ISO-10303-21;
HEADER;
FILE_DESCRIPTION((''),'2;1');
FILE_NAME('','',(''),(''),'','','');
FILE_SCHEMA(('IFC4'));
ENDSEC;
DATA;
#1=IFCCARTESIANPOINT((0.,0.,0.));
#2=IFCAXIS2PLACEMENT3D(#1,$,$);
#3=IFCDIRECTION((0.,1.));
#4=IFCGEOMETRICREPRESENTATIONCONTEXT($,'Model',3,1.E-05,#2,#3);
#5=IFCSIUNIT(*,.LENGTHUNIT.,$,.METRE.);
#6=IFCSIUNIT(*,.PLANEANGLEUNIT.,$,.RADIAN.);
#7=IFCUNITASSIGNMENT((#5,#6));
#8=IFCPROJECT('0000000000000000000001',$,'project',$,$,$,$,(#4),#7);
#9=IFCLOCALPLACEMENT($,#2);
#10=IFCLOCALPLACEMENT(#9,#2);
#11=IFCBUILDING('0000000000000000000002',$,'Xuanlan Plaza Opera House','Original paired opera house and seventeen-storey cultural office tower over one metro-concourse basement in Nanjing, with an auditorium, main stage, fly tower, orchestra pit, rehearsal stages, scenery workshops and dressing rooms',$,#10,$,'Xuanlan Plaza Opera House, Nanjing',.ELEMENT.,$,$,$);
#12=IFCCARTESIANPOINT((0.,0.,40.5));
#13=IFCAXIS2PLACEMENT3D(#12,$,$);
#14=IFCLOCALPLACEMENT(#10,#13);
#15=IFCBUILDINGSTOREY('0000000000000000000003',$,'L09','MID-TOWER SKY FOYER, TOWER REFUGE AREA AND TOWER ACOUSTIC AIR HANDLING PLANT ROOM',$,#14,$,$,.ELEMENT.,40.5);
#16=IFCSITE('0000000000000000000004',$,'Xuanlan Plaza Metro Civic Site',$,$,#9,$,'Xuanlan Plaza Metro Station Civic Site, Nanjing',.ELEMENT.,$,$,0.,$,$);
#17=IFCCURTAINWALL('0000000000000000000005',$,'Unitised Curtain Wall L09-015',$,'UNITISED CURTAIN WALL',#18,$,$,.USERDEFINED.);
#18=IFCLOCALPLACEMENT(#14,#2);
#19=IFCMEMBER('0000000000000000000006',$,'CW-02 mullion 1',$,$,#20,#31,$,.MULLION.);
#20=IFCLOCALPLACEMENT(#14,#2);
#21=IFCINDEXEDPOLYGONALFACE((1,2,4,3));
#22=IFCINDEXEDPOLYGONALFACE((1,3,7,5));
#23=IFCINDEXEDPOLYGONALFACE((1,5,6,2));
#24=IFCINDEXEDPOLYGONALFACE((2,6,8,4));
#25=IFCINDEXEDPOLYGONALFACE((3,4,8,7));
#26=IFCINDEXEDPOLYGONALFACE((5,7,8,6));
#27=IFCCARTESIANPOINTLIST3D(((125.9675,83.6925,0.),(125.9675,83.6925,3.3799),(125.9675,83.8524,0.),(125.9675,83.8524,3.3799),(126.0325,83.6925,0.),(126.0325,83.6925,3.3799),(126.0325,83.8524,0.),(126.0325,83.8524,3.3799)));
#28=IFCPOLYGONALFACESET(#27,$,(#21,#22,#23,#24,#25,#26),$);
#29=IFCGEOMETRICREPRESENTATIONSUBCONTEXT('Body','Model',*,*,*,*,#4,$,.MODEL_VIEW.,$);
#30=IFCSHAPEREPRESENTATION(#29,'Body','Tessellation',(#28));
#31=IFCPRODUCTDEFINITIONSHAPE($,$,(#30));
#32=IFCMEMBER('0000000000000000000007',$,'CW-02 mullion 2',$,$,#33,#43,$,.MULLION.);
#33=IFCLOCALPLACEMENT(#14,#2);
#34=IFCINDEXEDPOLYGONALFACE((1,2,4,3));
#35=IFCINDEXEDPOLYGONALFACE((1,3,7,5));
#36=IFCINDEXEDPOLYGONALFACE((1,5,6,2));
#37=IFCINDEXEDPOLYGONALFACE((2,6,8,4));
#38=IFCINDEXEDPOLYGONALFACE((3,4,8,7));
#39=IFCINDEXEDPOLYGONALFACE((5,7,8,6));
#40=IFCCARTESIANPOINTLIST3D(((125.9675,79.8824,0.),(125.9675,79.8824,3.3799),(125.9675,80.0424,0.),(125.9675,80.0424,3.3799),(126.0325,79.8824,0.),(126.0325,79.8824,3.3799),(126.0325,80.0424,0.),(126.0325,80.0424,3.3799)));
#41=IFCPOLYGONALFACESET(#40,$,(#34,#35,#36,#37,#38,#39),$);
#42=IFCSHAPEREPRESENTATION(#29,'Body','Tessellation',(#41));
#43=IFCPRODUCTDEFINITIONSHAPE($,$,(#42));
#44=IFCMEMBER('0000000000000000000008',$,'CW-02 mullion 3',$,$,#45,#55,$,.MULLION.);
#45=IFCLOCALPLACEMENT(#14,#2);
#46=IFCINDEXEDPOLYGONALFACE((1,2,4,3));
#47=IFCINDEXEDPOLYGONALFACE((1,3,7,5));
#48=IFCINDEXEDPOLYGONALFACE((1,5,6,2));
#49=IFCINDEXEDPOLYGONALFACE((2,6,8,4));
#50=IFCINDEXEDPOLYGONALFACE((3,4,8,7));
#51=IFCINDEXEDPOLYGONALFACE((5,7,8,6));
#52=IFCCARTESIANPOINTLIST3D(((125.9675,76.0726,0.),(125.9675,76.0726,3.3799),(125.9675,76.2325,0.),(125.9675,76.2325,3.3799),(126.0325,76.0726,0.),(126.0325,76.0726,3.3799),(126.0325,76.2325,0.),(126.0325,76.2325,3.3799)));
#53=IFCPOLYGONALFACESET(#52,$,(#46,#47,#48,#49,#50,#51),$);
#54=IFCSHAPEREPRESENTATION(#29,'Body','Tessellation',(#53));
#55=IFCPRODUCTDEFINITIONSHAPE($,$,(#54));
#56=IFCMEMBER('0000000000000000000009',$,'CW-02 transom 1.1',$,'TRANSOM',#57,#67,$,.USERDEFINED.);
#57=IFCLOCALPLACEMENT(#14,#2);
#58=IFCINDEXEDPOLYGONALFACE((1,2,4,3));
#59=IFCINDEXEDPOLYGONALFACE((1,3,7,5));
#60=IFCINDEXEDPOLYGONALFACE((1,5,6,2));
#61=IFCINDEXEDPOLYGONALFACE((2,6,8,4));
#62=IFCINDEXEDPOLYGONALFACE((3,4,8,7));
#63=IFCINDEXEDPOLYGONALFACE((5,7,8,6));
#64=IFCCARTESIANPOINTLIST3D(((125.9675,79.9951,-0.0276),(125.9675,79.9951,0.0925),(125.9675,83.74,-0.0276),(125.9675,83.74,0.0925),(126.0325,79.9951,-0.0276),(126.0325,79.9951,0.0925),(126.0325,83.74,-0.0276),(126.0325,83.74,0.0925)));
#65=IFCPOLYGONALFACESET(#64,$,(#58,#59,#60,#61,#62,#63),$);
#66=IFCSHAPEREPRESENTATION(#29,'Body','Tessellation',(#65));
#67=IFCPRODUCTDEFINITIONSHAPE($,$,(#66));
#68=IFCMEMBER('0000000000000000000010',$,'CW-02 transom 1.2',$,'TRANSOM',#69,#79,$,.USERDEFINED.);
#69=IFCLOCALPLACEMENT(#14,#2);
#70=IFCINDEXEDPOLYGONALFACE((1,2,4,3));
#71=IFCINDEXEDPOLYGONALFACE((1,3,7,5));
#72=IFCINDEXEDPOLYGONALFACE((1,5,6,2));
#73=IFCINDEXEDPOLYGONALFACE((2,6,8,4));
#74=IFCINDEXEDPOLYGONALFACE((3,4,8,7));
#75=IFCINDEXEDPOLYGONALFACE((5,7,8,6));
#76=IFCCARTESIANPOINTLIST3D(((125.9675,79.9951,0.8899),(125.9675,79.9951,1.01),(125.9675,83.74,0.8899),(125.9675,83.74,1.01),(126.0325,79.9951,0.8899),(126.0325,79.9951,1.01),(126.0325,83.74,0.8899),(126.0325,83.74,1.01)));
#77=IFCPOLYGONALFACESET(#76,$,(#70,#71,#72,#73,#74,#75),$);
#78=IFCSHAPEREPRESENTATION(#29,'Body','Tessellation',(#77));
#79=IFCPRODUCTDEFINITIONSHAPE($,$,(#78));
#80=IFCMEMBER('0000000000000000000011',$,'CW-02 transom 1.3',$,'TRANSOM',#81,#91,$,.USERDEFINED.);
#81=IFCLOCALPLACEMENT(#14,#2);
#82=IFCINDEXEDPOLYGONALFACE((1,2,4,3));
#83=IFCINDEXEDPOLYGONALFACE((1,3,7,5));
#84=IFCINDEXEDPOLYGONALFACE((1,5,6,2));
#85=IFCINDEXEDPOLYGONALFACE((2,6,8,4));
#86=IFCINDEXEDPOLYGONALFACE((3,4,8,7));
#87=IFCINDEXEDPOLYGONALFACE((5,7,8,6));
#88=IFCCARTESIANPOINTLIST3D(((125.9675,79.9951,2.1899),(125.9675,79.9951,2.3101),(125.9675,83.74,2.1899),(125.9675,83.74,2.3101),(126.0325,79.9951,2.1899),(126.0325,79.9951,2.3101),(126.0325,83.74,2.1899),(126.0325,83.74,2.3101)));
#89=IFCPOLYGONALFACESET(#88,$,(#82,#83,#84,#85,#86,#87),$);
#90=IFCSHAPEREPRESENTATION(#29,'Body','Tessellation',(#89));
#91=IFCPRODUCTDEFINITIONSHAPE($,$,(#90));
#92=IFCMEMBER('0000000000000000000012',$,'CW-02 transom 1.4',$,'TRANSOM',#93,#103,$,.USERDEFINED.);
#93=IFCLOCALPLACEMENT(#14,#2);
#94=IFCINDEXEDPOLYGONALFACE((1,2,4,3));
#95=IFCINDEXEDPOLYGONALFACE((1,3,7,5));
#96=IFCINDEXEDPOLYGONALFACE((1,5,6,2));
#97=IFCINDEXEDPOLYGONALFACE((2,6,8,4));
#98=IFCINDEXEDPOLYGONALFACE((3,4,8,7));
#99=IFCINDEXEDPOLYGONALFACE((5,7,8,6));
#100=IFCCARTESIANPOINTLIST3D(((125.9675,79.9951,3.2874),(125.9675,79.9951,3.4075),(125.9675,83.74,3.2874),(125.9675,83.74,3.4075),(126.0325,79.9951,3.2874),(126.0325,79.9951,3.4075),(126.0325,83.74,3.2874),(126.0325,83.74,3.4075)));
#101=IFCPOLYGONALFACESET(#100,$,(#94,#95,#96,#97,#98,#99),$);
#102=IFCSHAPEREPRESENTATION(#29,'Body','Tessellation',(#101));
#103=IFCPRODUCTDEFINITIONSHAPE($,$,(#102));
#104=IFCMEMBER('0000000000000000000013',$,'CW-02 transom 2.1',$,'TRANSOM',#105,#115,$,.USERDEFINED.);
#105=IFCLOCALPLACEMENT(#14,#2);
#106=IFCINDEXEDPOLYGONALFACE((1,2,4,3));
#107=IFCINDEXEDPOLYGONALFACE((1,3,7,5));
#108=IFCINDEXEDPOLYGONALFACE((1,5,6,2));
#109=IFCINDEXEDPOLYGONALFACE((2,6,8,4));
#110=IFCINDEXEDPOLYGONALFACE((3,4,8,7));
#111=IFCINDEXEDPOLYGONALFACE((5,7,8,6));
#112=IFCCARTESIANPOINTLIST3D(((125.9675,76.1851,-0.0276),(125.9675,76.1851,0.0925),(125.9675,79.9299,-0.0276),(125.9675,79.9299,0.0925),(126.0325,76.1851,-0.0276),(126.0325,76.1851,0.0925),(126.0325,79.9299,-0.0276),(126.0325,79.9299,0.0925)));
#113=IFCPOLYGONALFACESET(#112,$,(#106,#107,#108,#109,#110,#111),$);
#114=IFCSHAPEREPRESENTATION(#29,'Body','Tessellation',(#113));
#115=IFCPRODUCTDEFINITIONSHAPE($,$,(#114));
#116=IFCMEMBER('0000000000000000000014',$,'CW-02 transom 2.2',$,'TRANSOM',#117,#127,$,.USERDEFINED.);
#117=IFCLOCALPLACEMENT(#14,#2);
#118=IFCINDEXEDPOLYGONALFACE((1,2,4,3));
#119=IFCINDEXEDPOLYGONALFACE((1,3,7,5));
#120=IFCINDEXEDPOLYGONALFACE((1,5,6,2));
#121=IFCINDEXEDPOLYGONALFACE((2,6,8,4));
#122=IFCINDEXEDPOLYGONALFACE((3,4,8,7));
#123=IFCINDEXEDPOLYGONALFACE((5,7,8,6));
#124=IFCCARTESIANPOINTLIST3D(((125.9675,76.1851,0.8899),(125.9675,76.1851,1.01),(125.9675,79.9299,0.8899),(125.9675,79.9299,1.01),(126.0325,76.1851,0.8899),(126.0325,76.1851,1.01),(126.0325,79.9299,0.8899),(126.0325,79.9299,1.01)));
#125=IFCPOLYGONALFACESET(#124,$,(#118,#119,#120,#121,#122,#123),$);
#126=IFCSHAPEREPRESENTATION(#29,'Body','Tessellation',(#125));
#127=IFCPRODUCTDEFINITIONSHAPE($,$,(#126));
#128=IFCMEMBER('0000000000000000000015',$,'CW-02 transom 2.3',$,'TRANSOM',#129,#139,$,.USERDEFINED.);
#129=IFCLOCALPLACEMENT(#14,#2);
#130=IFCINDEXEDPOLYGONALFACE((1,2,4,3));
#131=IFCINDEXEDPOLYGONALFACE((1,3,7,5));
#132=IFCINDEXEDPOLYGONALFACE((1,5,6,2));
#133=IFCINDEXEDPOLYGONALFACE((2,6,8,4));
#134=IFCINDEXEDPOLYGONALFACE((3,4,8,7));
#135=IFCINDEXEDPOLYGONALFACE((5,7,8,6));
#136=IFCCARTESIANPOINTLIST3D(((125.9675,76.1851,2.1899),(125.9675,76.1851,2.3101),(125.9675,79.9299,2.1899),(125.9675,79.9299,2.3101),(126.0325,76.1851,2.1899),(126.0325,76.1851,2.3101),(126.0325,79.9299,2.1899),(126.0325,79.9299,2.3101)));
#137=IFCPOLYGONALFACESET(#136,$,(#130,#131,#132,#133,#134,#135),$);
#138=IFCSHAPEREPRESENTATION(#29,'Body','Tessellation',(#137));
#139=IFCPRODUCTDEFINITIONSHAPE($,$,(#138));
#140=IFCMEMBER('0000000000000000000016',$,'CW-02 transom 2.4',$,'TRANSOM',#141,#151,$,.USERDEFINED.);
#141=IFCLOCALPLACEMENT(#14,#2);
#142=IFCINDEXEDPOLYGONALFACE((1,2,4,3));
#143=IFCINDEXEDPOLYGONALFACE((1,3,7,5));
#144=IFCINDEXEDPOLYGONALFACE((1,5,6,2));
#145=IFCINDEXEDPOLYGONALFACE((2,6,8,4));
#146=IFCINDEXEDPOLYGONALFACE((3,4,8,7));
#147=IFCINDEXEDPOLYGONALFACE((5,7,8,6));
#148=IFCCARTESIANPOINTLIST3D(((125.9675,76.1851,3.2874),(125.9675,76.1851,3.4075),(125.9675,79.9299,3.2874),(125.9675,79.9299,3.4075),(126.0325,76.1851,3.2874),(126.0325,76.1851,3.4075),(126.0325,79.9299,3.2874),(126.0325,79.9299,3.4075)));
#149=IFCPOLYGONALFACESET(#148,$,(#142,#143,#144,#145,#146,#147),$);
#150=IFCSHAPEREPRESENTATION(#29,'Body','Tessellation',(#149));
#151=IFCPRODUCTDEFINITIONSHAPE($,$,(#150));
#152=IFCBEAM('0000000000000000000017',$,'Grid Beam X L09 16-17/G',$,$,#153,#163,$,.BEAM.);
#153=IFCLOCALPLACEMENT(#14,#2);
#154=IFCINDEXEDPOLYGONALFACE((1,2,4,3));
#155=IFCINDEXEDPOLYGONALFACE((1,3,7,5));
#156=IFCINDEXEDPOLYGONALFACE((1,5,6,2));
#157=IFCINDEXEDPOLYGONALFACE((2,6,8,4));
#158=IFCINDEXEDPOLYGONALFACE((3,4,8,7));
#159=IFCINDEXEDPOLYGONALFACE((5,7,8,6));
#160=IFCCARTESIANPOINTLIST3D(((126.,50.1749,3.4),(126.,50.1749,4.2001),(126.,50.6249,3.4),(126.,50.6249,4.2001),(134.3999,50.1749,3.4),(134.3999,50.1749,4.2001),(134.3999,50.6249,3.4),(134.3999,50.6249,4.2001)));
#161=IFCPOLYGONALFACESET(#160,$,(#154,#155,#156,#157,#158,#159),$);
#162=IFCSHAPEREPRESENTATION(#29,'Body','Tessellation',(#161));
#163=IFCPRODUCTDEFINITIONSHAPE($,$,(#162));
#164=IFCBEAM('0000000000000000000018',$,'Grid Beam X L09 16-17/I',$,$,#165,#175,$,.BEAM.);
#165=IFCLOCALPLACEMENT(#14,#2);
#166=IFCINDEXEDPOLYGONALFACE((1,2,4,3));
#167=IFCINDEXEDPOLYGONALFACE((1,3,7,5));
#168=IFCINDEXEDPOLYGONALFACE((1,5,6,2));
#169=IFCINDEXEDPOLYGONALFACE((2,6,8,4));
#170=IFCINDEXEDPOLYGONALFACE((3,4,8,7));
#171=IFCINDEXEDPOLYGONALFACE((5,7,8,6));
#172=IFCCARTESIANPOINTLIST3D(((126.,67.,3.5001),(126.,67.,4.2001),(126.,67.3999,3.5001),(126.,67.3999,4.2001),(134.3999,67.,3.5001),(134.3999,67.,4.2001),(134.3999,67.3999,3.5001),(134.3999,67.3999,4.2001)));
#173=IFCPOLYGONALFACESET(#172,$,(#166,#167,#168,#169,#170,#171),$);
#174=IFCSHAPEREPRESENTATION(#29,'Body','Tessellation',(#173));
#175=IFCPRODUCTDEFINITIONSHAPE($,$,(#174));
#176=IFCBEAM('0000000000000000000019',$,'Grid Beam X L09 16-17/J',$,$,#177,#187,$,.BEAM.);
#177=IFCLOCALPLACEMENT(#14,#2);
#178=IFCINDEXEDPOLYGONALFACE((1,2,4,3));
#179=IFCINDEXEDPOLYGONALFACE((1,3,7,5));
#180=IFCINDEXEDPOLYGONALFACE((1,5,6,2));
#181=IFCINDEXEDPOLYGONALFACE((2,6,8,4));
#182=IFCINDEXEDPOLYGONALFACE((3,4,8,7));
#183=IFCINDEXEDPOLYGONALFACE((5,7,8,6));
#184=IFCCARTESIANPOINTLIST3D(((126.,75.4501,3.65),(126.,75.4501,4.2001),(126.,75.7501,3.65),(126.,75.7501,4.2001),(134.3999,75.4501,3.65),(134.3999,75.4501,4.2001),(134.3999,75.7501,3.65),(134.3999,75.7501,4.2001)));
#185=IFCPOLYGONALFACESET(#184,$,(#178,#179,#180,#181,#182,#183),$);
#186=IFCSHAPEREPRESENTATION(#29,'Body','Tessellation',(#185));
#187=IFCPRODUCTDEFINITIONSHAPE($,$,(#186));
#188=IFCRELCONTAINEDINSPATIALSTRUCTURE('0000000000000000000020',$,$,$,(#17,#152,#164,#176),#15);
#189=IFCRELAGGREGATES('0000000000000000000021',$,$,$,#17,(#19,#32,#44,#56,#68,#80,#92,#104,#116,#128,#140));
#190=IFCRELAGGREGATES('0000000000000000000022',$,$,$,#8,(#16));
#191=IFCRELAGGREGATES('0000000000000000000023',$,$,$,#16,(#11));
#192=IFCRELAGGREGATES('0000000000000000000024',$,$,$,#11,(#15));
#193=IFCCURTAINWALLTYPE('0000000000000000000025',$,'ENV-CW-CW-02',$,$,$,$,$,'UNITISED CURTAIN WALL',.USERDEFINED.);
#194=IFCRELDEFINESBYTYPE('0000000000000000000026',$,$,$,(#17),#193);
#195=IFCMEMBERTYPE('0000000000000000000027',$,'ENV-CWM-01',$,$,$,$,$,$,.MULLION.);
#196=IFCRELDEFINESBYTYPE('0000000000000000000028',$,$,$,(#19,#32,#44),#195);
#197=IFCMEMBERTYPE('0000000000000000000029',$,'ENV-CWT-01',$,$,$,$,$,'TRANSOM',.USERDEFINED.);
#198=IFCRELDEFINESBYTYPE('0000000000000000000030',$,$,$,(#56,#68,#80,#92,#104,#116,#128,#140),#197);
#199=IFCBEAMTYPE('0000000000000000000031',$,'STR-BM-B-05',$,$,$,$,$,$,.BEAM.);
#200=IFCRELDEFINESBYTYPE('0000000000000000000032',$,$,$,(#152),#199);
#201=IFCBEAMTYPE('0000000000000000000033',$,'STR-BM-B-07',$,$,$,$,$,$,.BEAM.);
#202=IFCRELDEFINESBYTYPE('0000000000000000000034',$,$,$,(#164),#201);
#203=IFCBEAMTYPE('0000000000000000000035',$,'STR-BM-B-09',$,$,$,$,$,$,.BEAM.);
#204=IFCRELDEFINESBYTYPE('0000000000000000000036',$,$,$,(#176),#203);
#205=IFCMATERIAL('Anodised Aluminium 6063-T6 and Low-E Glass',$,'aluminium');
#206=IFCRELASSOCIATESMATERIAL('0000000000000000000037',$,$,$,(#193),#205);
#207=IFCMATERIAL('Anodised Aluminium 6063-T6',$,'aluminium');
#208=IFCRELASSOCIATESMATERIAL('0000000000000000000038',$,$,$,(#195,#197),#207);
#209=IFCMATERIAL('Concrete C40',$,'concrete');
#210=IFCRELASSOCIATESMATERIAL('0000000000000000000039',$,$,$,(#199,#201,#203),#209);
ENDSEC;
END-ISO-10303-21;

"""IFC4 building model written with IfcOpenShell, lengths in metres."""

from ifc_helpers import new_model, si_unit, direction, frame, origin, origin_2d, place, context, subcontext, project, spatial, rectangle, extrude, material, material_profile, profile_set, type_object, element, aggregate, save


model = new_model("IFC4")

# Units and contexts
model_context = context("Model", 3, precision=1e-05, world=origin(), true_north=direction((0.0, 1.0)))
body_context = subcontext(model_context, "Body", "Model", "MODEL_VIEW")
ifc_project = project(units=[si_unit("LENGTHUNIT", "METRE"), si_unit("PLANEANGLEUNIT", "RADIAN")], contexts=[model_context])

# Site, building, storey
site_placement = place(None, origin())
site = spatial("IfcSite", under=ifc_project, at=site_placement, Name="Xuanlan Plaza Metro Civic Site", LongName="Xuanlan Plaza Metro Station Civic Site, Nanjing", CompositionType="ELEMENT", RefElevation=0.0)
building_placement = place(site_placement, origin())
building = spatial("IfcBuilding", under=site, at=building_placement, Name="Xuanlan Plaza Opera House", Description="Original paired opera house and seventeen-storey cultural office tower over one metro-concourse basement in Nanjing, with an auditorium, main stage, fly tower, orchestra pit, rehearsal stages, scenery workshops and dressing rooms", LongName="Xuanlan Plaza Opera House, Nanjing", CompositionType="ELEMENT")
storey_placement = place(building_placement, frame((0.0, 0.0, 40.5)))
storey = spatial("IfcBuildingStorey", under=building, at=storey_placement, Name="L09", Description="MID-TOWER SKY FOYER, TOWER REFUGE AREA AND TOWER ACOUSTIC AIR HANDLING PLANT ROOM", CompositionType="ELEMENT", Elevation=40.5)

# Curtain wall, members
ifc_material_1 = material(Name="Anodised Aluminium 6063-T6 and Low-E Glass", Category="aluminium")
curtain_wall_type = type_object("IfcCurtainWallType", Name="ENV-CW-CW-02", ElementType="UNITISED CURTAIN WALL", PredefinedType="USERDEFINED", material=ifc_material_1)
curtain_wall_placement = place(storey_placement, origin())
curtain_wall = element("IfcCurtainWall", 1, at=curtain_wall_placement, inside=storey, type_object=curtain_wall_type, Name="Unitised Curtain Wall L09-015", ObjectType="UNITISED CURTAIN WALL", PredefinedType="USERDEFINED")
ifc_material_2 = material(Name="Anodised Aluminium 6063-T6", Category="aluminium")
ifc_material_profile_1 = material_profile(ifc_material_2, rectangle(XDim=0.0649, YDim=0.1599, at=origin_2d()), Name="ALU-M 65x160")
ifc_profile_set_1 = profile_set([ifc_material_profile_1], Name="Anodised Aluminium 6063-T6")
member_type_1 = type_object("IfcMemberType", Name="ENV-CWM-01", PredefinedType="MULLION", material=ifc_profile_set_1)
member_1_placement = place(storey_placement, frame((126.0, 83.7725, 0.0), z_axis=(0.0, 0.0, 1.0), x_axis=(1.0, 0.0, 0.0)))
member_1 = element("IfcMember", 2, at=member_1_placement, type_object=member_type_1, Name="CW-02 mullion 1", PredefinedType="MULLION", context=body_context, shape_type="SweptSolid", body=[
    extrude(rectangle(XDim=0.0649, YDim=0.1599, at=origin_2d()), origin(), (0.0, 0.0, 1.0), 3.3799),
])
member_2_placement = place(storey_placement, frame((126.0, 79.9624, 0.0), z_axis=(0.0, 0.0, 1.0), x_axis=(1.0, 0.0, 0.0)))
member_2 = element("IfcMember", 3, at=member_2_placement, type_object=member_type_1, Name="CW-02 mullion 2", PredefinedType="MULLION", context=body_context, shape_type="SweptSolid", body=[
    extrude(rectangle(XDim=0.0649, YDim=0.1599, at=origin_2d()), origin(), (0.0, 0.0, 1.0), 3.3799),
])
member_3_placement = place(storey_placement, frame((126.0, 76.1526, 0.0), z_axis=(0.0, 0.0, 1.0), x_axis=(1.0, 0.0, 0.0)))
member_3 = element("IfcMember", 4, at=member_3_placement, type_object=member_type_1, Name="CW-02 mullion 3", PredefinedType="MULLION", context=body_context, shape_type="SweptSolid", body=[
    extrude(rectangle(XDim=0.0649, YDim=0.1599, at=origin_2d()), origin(), (0.0, 0.0, 1.0), 3.3799),
])
ifc_material_profile_2 = material_profile(ifc_material_2, rectangle(XDim=0.0649, YDim=0.1201, at=origin_2d()), Name="ALU-T 65x120")
ifc_profile_set_2 = profile_set([ifc_material_profile_2], Name="Anodised Aluminium 6063-T6")
member_type_2 = type_object("IfcMemberType", Name="ENV-CWT-01", ElementType="TRANSOM", PredefinedType="USERDEFINED", material=ifc_profile_set_2)
member_4_placement = place(storey_placement, frame((126.0, 83.74, 0.0325), z_axis=(0.0, -1.0, 0.0), x_axis=(1.0, 0.0, 0.0)))
member_4 = element("IfcMember", 5, at=member_4_placement, type_object=member_type_2, Name="CW-02 transom 1.1", ObjectType="TRANSOM", PredefinedType="USERDEFINED", context=body_context, shape_type="SweptSolid", body=[
    extrude(rectangle(XDim=0.0649, YDim=0.1201, at=origin_2d()), origin(), (0.0, 0.0, 1.0), 3.7449),
])
member_5_placement = place(storey_placement, frame((126.0, 83.74, 0.95), z_axis=(0.0, -1.0, 0.0), x_axis=(1.0, 0.0, 0.0)))
member_5 = element("IfcMember", 6, at=member_5_placement, type_object=member_type_2, Name="CW-02 transom 1.2", ObjectType="TRANSOM", PredefinedType="USERDEFINED", context=body_context, shape_type="SweptSolid", body=[
    extrude(rectangle(XDim=0.0649, YDim=0.1201, at=origin_2d()), origin(), (0.0, 0.0, 1.0), 3.7449),
])
member_6_placement = place(storey_placement, frame((126.0, 83.74, 2.25), z_axis=(0.0, -1.0, 0.0), x_axis=(1.0, 0.0, 0.0)))
member_6 = element("IfcMember", 7, at=member_6_placement, type_object=member_type_2, Name="CW-02 transom 1.3", ObjectType="TRANSOM", PredefinedType="USERDEFINED", context=body_context, shape_type="SweptSolid", body=[
    extrude(rectangle(XDim=0.0649, YDim=0.1201, at=origin_2d()), origin(), (0.0, 0.0, 1.0), 3.7449),
])
member_7_placement = place(storey_placement, frame((126.0, 83.74, 3.3474), z_axis=(0.0, -1.0, 0.0), x_axis=(1.0, 0.0, 0.0)))
member_7 = element("IfcMember", 8, at=member_7_placement, type_object=member_type_2, Name="CW-02 transom 1.4", ObjectType="TRANSOM", PredefinedType="USERDEFINED", context=body_context, shape_type="SweptSolid", body=[
    extrude(rectangle(XDim=0.0649, YDim=0.1201, at=origin_2d()), origin(), (0.0, 0.0, 1.0), 3.7449),
])
member_8_placement = place(storey_placement, frame((126.0, 79.9299, 0.0325), z_axis=(0.0, -1.0, 0.0), x_axis=(1.0, 0.0, 0.0)))
member_8 = element("IfcMember", 9, at=member_8_placement, type_object=member_type_2, Name="CW-02 transom 2.1", ObjectType="TRANSOM", PredefinedType="USERDEFINED", context=body_context, shape_type="SweptSolid", body=[
    extrude(rectangle(XDim=0.0649, YDim=0.1201, at=origin_2d()), origin(), (0.0, 0.0, 1.0), 3.7449),
])
member_9_placement = place(storey_placement, frame((126.0, 79.9299, 0.95), z_axis=(0.0, -1.0, 0.0), x_axis=(1.0, 0.0, 0.0)))
member_9 = element("IfcMember", 10, at=member_9_placement, type_object=member_type_2, Name="CW-02 transom 2.2", ObjectType="TRANSOM", PredefinedType="USERDEFINED", context=body_context, shape_type="SweptSolid", body=[
    extrude(rectangle(XDim=0.0649, YDim=0.1201, at=origin_2d()), origin(), (0.0, 0.0, 1.0), 3.7449),
])
member_10_placement = place(storey_placement, frame((126.0, 79.9299, 2.25), z_axis=(0.0, -1.0, 0.0), x_axis=(1.0, 0.0, 0.0)))
member_10 = element("IfcMember", 11, at=member_10_placement, type_object=member_type_2, Name="CW-02 transom 2.3", ObjectType="TRANSOM", PredefinedType="USERDEFINED", context=body_context, shape_type="SweptSolid", body=[
    extrude(rectangle(XDim=0.0649, YDim=0.1201, at=origin_2d()), origin(), (0.0, 0.0, 1.0), 3.7449),
])
member_11_placement = place(storey_placement, frame((126.0, 79.9299, 3.3474), z_axis=(0.0, -1.0, 0.0), x_axis=(1.0, 0.0, 0.0)))
member_11 = element("IfcMember", 12, at=member_11_placement, type_object=member_type_2, Name="CW-02 transom 2.4", ObjectType="TRANSOM", PredefinedType="USERDEFINED", context=body_context, shape_type="SweptSolid", body=[
    extrude(rectangle(XDim=0.0649, YDim=0.1201, at=origin_2d()), origin(), (0.0, 0.0, 1.0), 3.7449),
])

# Beams
ifc_material_3 = material(Name="Concrete C40", Category="concrete")
ifc_material_profile_3 = material_profile(ifc_material_3, rectangle(XDim=0.45, YDim=0.8, at=origin_2d()), Name="RC-BM 450x800")
ifc_profile_set_3 = profile_set([ifc_material_profile_3], Name="Concrete C40")
beam_type_1 = type_object("IfcBeamType", Name="STR-BM-B-05", PredefinedType="BEAM", material=ifc_profile_set_3)
beam_1_placement = place(storey_placement, frame((126.0, 50.3999, 3.8), z_axis=(1.0, 0.0, 0.0), x_axis=(0.0, 1.0, 0.0)))
element("IfcBeam", 13, at=beam_1_placement, inside=storey, type_object=beam_type_1, Name="Grid Beam X L09 16-17/G", PredefinedType="BEAM", context=body_context, shape_type="SweptSolid", body=[
    extrude(rectangle(XDim=0.45, YDim=0.8, at=origin_2d()), origin(), (0.0, 0.0, 1.0), 8.3999),
])
ifc_material_profile_4 = material_profile(ifc_material_3, rectangle(XDim=0.3999, YDim=0.7, at=origin_2d()), Name="RC-BM 400x700")
ifc_profile_set_4 = profile_set([ifc_material_profile_4], Name="Concrete C40")
beam_type_2 = type_object("IfcBeamType", Name="STR-BM-B-07", PredefinedType="BEAM", material=ifc_profile_set_4)
beam_2_placement = place(storey_placement, frame((126.0, 67.2, 3.8501), z_axis=(1.0, 0.0, 0.0), x_axis=(0.0, 1.0, 0.0)))
element("IfcBeam", 14, at=beam_2_placement, inside=storey, type_object=beam_type_2, Name="Grid Beam X L09 16-17/I", PredefinedType="BEAM", context=body_context, shape_type="SweptSolid", body=[
    extrude(rectangle(XDim=0.3999, YDim=0.7, at=origin_2d()), origin(), (0.0, 0.0, 1.0), 8.3999),
])
ifc_material_profile_5 = material_profile(ifc_material_3, rectangle(XDim=0.3, YDim=0.55, at=origin_2d()), Name="RC-BM 300x550")
ifc_profile_set_5 = profile_set([ifc_material_profile_5], Name="Concrete C40")
beam_type_3 = type_object("IfcBeamType", Name="STR-BM-B-09", PredefinedType="BEAM", material=ifc_profile_set_5)
beam_3_placement = place(storey_placement, frame((126.0, 75.6001, 3.925), z_axis=(1.0, 0.0, 0.0), x_axis=(0.0, 1.0, 0.0)))
element("IfcBeam", 15, at=beam_3_placement, inside=storey, type_object=beam_type_3, Name="Grid Beam X L09 16-17/J", PredefinedType="BEAM", context=body_context, shape_type="SweptSolid", body=[
    extrude(rectangle(XDim=0.3, YDim=0.55, at=origin_2d()), origin(), (0.0, 0.0, 1.0), 8.3999),
])

aggregate(curtain_wall, [member_1, member_2, member_3, member_4, member_5, member_6, member_7, member_8, member_9, member_10, member_11])

save(model, "model.ifc")
